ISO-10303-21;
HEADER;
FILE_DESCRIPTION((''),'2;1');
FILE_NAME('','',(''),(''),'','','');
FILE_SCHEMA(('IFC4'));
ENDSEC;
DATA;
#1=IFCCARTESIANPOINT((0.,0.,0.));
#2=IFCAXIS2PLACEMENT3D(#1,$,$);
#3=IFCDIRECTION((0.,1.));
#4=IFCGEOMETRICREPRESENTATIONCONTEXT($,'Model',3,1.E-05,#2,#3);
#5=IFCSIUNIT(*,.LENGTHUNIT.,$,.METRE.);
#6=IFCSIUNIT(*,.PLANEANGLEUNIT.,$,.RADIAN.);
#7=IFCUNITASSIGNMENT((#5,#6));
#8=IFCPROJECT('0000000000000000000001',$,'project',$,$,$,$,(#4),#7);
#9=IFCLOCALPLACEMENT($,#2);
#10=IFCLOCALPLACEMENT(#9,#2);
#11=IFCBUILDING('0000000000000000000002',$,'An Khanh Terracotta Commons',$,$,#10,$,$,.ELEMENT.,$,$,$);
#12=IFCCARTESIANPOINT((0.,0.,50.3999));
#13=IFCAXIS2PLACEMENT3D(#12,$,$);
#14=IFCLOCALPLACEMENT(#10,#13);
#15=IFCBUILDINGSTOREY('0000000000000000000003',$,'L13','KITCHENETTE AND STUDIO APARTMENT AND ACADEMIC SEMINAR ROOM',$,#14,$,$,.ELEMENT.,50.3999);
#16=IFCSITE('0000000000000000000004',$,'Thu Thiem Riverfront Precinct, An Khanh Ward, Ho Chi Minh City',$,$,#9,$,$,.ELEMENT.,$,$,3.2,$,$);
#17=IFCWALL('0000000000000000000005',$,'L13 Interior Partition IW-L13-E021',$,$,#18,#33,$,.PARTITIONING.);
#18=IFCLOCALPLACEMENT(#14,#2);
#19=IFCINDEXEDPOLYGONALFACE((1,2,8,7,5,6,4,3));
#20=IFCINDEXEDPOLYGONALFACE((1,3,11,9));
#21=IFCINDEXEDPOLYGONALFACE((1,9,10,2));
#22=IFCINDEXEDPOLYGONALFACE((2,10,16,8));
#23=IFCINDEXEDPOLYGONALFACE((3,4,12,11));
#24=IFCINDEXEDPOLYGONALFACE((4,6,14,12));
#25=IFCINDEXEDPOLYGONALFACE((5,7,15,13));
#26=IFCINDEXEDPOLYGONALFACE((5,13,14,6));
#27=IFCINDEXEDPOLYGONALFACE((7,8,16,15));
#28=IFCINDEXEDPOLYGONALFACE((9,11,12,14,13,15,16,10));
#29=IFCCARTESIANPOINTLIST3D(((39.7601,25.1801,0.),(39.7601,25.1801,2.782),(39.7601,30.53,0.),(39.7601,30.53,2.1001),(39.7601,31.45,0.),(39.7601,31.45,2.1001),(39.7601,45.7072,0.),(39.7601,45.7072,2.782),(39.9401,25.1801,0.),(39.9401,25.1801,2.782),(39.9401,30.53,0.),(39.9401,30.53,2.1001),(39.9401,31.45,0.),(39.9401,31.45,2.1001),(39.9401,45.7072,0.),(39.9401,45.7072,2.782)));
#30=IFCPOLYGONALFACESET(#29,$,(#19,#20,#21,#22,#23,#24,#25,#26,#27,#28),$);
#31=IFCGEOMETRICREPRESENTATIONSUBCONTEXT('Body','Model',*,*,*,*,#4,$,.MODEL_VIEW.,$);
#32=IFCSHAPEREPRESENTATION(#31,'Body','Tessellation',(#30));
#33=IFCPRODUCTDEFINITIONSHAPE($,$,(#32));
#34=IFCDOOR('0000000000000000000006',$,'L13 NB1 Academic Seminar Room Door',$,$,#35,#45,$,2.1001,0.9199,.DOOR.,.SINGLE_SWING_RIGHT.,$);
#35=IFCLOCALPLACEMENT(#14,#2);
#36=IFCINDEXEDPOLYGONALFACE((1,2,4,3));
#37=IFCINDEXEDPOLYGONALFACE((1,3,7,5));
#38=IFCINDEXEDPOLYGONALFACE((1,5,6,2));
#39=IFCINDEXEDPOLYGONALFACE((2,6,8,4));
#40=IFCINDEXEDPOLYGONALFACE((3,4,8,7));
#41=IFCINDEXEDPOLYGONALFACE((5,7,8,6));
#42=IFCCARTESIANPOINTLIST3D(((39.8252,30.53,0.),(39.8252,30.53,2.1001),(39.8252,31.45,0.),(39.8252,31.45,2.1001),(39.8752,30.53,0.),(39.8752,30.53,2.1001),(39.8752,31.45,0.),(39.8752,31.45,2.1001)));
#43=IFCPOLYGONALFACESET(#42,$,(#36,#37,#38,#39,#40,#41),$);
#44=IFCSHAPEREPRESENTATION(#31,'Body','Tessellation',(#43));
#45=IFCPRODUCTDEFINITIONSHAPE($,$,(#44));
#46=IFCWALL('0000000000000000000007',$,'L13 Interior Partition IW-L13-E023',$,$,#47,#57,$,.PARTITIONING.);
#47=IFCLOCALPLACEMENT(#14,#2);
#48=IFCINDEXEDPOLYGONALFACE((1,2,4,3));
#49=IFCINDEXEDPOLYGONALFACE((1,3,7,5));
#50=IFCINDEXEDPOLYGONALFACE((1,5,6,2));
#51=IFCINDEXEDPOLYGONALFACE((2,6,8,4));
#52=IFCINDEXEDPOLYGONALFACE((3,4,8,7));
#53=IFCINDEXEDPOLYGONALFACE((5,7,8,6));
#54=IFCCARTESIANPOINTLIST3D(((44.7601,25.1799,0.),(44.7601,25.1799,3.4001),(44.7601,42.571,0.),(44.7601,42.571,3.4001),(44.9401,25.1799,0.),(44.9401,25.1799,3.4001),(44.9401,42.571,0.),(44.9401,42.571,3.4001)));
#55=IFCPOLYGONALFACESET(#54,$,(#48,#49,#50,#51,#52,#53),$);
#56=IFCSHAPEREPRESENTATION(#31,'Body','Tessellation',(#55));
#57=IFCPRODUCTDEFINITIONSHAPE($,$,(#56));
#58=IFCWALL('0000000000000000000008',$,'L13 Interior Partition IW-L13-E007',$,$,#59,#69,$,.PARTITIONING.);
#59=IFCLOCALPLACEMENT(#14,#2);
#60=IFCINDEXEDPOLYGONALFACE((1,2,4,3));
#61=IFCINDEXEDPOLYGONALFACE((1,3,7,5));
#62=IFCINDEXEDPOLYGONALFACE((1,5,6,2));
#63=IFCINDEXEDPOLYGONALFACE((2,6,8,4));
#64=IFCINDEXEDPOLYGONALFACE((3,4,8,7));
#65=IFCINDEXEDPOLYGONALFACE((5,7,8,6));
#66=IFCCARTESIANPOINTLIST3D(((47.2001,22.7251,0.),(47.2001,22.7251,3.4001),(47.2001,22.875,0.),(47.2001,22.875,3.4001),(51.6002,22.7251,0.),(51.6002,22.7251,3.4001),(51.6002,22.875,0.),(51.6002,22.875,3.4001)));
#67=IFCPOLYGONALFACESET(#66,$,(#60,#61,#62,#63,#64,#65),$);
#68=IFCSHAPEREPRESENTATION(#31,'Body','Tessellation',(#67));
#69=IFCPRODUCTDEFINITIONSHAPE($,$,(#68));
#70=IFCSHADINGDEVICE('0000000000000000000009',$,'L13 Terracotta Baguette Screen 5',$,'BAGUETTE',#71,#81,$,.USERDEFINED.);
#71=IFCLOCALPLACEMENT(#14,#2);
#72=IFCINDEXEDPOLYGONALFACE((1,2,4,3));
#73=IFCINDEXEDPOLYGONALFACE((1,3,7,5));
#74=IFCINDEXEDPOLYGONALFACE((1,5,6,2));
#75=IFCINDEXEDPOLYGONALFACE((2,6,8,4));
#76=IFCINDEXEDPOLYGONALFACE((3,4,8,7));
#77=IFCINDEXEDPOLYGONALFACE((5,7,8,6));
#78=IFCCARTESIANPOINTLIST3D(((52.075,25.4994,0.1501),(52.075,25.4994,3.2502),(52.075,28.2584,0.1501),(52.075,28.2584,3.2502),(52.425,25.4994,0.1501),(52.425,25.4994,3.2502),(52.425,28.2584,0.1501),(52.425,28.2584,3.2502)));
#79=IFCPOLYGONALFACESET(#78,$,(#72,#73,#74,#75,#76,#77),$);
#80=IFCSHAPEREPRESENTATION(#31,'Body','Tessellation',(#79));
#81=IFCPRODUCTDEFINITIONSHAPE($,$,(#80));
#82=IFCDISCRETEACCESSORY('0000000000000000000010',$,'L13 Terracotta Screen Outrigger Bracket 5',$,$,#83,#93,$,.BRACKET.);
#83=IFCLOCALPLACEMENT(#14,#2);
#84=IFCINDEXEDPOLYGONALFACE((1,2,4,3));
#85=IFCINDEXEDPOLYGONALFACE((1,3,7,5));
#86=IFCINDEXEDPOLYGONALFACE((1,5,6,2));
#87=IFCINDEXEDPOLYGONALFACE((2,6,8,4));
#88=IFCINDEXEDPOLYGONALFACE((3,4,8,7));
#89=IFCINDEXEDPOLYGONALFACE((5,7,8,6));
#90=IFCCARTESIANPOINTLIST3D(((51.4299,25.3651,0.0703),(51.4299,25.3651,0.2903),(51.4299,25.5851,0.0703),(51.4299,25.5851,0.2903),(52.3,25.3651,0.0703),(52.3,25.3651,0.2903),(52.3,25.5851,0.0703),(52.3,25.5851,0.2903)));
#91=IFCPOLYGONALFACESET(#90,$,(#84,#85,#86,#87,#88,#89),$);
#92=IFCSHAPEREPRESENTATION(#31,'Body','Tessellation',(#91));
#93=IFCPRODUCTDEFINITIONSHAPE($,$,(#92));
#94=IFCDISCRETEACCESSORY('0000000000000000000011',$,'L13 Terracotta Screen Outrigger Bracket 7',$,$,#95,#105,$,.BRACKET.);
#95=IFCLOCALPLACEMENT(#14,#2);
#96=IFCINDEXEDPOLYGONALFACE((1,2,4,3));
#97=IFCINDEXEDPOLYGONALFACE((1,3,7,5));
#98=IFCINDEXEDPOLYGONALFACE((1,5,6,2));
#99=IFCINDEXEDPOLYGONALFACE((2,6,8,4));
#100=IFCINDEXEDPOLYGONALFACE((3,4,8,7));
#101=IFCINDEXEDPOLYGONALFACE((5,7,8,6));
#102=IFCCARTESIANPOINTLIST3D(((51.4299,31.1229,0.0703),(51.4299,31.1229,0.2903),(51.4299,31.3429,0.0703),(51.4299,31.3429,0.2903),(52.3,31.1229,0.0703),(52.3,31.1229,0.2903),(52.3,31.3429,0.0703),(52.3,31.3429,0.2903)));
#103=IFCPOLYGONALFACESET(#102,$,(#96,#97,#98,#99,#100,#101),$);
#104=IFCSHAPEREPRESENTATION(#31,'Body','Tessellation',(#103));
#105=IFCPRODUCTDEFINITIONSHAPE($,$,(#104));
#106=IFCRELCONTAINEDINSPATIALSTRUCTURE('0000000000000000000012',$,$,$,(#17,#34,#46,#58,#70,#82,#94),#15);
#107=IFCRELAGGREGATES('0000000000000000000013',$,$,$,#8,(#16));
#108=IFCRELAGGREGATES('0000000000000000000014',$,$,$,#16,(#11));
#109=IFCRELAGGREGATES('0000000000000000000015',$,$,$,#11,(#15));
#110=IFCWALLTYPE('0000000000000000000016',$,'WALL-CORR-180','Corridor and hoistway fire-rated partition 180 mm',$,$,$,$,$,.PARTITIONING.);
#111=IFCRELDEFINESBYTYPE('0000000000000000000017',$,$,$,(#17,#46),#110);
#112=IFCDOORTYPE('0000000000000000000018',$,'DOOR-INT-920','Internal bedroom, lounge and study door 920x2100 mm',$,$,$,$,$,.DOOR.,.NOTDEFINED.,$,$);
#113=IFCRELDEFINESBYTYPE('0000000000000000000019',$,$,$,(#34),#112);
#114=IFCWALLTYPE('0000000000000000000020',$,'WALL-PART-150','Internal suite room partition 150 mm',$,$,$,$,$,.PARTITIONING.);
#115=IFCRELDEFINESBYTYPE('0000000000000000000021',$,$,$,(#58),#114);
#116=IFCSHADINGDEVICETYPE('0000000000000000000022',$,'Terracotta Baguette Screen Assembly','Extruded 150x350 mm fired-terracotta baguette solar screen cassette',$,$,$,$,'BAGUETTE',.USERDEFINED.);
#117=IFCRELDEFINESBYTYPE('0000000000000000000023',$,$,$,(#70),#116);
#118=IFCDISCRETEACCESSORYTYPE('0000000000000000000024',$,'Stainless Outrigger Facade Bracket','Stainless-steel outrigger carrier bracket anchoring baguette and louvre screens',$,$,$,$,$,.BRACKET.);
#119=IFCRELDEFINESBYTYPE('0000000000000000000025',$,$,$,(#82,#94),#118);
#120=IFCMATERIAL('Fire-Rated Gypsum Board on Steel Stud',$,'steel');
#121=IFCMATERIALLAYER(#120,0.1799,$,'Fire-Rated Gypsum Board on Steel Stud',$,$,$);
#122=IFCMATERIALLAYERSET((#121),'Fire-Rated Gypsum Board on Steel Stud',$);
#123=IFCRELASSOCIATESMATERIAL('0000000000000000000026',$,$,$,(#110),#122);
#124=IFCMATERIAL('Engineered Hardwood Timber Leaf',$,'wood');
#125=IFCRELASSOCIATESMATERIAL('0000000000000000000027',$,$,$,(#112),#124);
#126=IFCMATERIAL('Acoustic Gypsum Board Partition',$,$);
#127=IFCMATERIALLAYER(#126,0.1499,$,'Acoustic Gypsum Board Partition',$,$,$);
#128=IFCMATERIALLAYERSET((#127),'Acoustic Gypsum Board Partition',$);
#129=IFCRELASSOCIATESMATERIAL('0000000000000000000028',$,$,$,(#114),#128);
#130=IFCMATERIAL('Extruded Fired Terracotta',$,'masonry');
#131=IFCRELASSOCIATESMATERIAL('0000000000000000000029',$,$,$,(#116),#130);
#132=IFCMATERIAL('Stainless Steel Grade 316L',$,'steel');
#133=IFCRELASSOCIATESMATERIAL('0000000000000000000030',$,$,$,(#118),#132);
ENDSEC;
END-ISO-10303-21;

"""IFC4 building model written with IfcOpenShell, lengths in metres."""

from ifc_helpers import new_model, si_unit, direction, frame, frame_2d, origin, origin_2d, place, context, subcontext, project, spatial, rectangle, extrude, material, layer, layer_set, type_object, element, fill, save


model = new_model("IFC4")

# Units and contexts
model_context = context("Model", 3, precision=1e-05, world=origin(), true_north=direction((0.0, 1.0)))
body_context = subcontext(model_context, "Body", "Model", "MODEL_VIEW")
ifc_project = project(units=[si_unit("LENGTHUNIT", "METRE"), si_unit("PLANEANGLEUNIT", "RADIAN")], contexts=[model_context])

# Site, building, storey
site_placement = place(None, origin())
site = spatial("IfcSite", under=ifc_project, at=site_placement, Name="Thu Thiem Riverfront Precinct, An Khanh Ward, Ho Chi Minh City", CompositionType="ELEMENT", RefElevation=3.2)
building_placement = place(site_placement, origin())
building = spatial("IfcBuilding", under=site, at=building_placement, Name="An Khanh Terracotta Commons", CompositionType="ELEMENT")
storey_placement = place(building_placement, frame((0.0, 0.0, 50.3999)))
storey = spatial("IfcBuildingStorey", under=building, at=storey_placement, Name="L13", Description="KITCHENETTE AND STUDIO APARTMENT AND ACADEMIC SEMINAR ROOM", CompositionType="ELEMENT", Elevation=50.3999)

# Shared definitions
ifc_material_1 = material(Name="Fire-Rated Gypsum Board on Steel Stud", Category="steel")
ifc_layer_1 = layer(ifc_material_1, 0.1799, Name="Fire-Rated Gypsum Board on Steel Stud")
ifc_layer_set_1 = layer_set([ifc_layer_1], Name="Fire-Rated Gypsum Board on Steel Stud")
wall_type_1 = type_object("IfcWallType", Name="WALL-CORR-180", Description="Corridor and hoistway fire-rated partition 180 mm", PredefinedType="PARTITIONING", material=ifc_layer_set_1)

# Wall, opening, door
ifc_material_2 = material(Name="Engineered Hardwood Timber Leaf", Category="wood")
door_type = type_object("IfcDoorType", Name="DOOR-INT-920", Description="Internal bedroom, lounge and study door 920x2100 mm", OperationType="NOTDEFINED", PredefinedType="DOOR", material=ifc_material_2)
wall_1_placement = place(storey_placement, frame((39.8501, 25.1799, 0.0), z_axis=(0.0, 0.0, 1.0), x_axis=(0.0, 1.0, 0.0)))
wall_1 = element("IfcWall", 1, at=wall_1_placement, inside=storey, type_object=wall_type_1, Name="L13 Interior Partition IW-L13-E021", PredefinedType="PARTITIONING", context=body_context, shape_type="SweptSolid", body=[
    extrude(rectangle(XDim=20.5271, YDim=0.1799, at=frame_2d((10.2637, 0.0))), origin(), (0.0, 0.0, 1.0), 2.782),
])
opening_1_placement = place(wall_1_placement, frame((5.3501, 0.0, 0.0)))
opening_1 = element("IfcOpeningElement", 2, at=opening_1_placement, cuts=wall_1, PredefinedType="OPENING", context=body_context, shape_type="SweptSolid", body=[
    extrude(rectangle(XDim=0.9199, YDim=2.1001, at=frame_2d((0.46, 1.05))), frame((0.0, 0.0999, 0.0), z_axis=(0.0, -1.0, 0.0), x_axis=(1.0, 0.0, 0.0)), (0.0, 0.0, 1.0), 0.2),
])
door_1_placement = place(opening_1_placement, origin())
door_1 = element("IfcDoor", 3, at=door_1_placement, inside=storey, type_object=door_type, Name="L13 NB1 Academic Seminar Room Door", OperationType="SINGLE_SWING_RIGHT", OverallHeight=2.1001, OverallWidth=0.9199, PredefinedType="DOOR", context=body_context, shape_type="SweptSolid", body=[
    extrude(rectangle(XDim=0.9199, YDim=2.1001, at=frame_2d((0.46, 1.05))), frame((0.0, 0.0249, 0.0), z_axis=(0.0, -1.0, 0.0), x_axis=(1.0, 0.0, 0.0)), (0.0, 0.0, 1.0), 0.05),
])
fill(opening_1, door_1)

# Walls
wall_2_placement = place(storey_placement, frame((44.8501, 25.1799, 0.0), z_axis=(0.0, 0.0, 1.0), x_axis=(0.0, 1.0, 0.0)))
element("IfcWall", 4, at=wall_2_placement, inside=storey, type_object=wall_type_1, Name="L13 Interior Partition IW-L13-E023", PredefinedType="PARTITIONING", context=body_context, shape_type="SweptSolid", body=[
    extrude(rectangle(XDim=17.3911, YDim=0.1799, at=frame_2d((8.6956, 0.0))), origin(), (0.0, 0.0, 1.0), 3.4001),
])
ifc_material_3 = material(Name="Acoustic Gypsum Board Partition")
ifc_layer_2 = layer(ifc_material_3, 0.1499, Name="Acoustic Gypsum Board Partition")
ifc_layer_set_2 = layer_set([ifc_layer_2], Name="Acoustic Gypsum Board Partition")
wall_type_2 = type_object("IfcWallType", Name="WALL-PART-150", Description="Internal suite room partition 150 mm", PredefinedType="PARTITIONING", material=ifc_layer_set_2)
wall_3_placement = place(storey_placement, frame((47.2, 22.8, 0.0), z_axis=(0.0, 0.0, 1.0), x_axis=(1.0, 0.0, 0.0)))
element("IfcWall", 5, at=wall_3_placement, inside=storey, type_object=wall_type_2, Name="L13 Interior Partition IW-L13-E007", PredefinedType="PARTITIONING", context=body_context, shape_type="SweptSolid", body=[
    extrude(rectangle(XDim=4.4001, YDim=0.1499, at=frame_2d((2.2002, 0.0))), origin(), (0.0, 0.0, 1.0), 3.4001),
])

# Shading device
ifc_material_4 = material(Name="Extruded Fired Terracotta", Category="masonry")
shading_device_type = type_object("IfcShadingDeviceType", Name="Terracotta Baguette Screen Assembly", Description="Extruded 150x350 mm fired-terracotta baguette solar screen cassette", ElementType="BAGUETTE", PredefinedType="USERDEFINED", material=ifc_material_4)
shading_device_placement = place(storey_placement, frame((52.25, 26.8789, 0.1501), z_axis=(0.0, 0.0, 1.0), x_axis=(0.0, 1.0, 0.0)))
element("IfcShadingDevice", 6, at=shading_device_placement, inside=storey, type_object=shading_device_type, Name="L13 Terracotta Baguette Screen 5", ObjectType="BAGUETTE", PredefinedType="USERDEFINED", context=body_context, shape_type="SweptSolid", body=[
    extrude(rectangle(XDim=2.759, YDim=0.3501, at=origin_2d()), origin(), (0.0, 0.0, 1.0), 3.1001),
])

# Discrete accessories
ifc_material_5 = material(Name="Stainless Steel Grade 316L", Category="steel")
discrete_accessory_type = type_object("IfcDiscreteAccessoryType", Name="Stainless Outrigger Facade Bracket", Description="Stainless-steel outrigger carrier bracket anchoring baguette and louvre screens", PredefinedType="BRACKET", material=ifc_material_5)
for number, where, z_axis, x_axis, name in (
    (7, (51.865, 25.4751, 0.0703), (0.0, 0.0, 1.0), (0.0, 1.0, 0.0), "L13 Terracotta Screen Outrigger Bracket 5"),
    (8, (51.865, 31.2329, 0.0703), (0.0, 0.0, 1.0), (0.0, 1.0, 0.0), "L13 Terracotta Screen Outrigger Bracket 7"),
):
    element("IfcDiscreteAccessory", number, at=place(storey_placement, frame(where, z_axis=z_axis, x_axis=x_axis)), inside=storey, type_object=discrete_accessory_type, Name=name, PredefinedType="BRACKET", context=body_context, shape_type="SweptSolid", body=[
        extrude(rectangle(XDim=0.22, YDim=0.8701, at=origin_2d()), origin(), (0.0, 0.0, 1.0), 0.22),
    ])

save(model, "model.ifc")
